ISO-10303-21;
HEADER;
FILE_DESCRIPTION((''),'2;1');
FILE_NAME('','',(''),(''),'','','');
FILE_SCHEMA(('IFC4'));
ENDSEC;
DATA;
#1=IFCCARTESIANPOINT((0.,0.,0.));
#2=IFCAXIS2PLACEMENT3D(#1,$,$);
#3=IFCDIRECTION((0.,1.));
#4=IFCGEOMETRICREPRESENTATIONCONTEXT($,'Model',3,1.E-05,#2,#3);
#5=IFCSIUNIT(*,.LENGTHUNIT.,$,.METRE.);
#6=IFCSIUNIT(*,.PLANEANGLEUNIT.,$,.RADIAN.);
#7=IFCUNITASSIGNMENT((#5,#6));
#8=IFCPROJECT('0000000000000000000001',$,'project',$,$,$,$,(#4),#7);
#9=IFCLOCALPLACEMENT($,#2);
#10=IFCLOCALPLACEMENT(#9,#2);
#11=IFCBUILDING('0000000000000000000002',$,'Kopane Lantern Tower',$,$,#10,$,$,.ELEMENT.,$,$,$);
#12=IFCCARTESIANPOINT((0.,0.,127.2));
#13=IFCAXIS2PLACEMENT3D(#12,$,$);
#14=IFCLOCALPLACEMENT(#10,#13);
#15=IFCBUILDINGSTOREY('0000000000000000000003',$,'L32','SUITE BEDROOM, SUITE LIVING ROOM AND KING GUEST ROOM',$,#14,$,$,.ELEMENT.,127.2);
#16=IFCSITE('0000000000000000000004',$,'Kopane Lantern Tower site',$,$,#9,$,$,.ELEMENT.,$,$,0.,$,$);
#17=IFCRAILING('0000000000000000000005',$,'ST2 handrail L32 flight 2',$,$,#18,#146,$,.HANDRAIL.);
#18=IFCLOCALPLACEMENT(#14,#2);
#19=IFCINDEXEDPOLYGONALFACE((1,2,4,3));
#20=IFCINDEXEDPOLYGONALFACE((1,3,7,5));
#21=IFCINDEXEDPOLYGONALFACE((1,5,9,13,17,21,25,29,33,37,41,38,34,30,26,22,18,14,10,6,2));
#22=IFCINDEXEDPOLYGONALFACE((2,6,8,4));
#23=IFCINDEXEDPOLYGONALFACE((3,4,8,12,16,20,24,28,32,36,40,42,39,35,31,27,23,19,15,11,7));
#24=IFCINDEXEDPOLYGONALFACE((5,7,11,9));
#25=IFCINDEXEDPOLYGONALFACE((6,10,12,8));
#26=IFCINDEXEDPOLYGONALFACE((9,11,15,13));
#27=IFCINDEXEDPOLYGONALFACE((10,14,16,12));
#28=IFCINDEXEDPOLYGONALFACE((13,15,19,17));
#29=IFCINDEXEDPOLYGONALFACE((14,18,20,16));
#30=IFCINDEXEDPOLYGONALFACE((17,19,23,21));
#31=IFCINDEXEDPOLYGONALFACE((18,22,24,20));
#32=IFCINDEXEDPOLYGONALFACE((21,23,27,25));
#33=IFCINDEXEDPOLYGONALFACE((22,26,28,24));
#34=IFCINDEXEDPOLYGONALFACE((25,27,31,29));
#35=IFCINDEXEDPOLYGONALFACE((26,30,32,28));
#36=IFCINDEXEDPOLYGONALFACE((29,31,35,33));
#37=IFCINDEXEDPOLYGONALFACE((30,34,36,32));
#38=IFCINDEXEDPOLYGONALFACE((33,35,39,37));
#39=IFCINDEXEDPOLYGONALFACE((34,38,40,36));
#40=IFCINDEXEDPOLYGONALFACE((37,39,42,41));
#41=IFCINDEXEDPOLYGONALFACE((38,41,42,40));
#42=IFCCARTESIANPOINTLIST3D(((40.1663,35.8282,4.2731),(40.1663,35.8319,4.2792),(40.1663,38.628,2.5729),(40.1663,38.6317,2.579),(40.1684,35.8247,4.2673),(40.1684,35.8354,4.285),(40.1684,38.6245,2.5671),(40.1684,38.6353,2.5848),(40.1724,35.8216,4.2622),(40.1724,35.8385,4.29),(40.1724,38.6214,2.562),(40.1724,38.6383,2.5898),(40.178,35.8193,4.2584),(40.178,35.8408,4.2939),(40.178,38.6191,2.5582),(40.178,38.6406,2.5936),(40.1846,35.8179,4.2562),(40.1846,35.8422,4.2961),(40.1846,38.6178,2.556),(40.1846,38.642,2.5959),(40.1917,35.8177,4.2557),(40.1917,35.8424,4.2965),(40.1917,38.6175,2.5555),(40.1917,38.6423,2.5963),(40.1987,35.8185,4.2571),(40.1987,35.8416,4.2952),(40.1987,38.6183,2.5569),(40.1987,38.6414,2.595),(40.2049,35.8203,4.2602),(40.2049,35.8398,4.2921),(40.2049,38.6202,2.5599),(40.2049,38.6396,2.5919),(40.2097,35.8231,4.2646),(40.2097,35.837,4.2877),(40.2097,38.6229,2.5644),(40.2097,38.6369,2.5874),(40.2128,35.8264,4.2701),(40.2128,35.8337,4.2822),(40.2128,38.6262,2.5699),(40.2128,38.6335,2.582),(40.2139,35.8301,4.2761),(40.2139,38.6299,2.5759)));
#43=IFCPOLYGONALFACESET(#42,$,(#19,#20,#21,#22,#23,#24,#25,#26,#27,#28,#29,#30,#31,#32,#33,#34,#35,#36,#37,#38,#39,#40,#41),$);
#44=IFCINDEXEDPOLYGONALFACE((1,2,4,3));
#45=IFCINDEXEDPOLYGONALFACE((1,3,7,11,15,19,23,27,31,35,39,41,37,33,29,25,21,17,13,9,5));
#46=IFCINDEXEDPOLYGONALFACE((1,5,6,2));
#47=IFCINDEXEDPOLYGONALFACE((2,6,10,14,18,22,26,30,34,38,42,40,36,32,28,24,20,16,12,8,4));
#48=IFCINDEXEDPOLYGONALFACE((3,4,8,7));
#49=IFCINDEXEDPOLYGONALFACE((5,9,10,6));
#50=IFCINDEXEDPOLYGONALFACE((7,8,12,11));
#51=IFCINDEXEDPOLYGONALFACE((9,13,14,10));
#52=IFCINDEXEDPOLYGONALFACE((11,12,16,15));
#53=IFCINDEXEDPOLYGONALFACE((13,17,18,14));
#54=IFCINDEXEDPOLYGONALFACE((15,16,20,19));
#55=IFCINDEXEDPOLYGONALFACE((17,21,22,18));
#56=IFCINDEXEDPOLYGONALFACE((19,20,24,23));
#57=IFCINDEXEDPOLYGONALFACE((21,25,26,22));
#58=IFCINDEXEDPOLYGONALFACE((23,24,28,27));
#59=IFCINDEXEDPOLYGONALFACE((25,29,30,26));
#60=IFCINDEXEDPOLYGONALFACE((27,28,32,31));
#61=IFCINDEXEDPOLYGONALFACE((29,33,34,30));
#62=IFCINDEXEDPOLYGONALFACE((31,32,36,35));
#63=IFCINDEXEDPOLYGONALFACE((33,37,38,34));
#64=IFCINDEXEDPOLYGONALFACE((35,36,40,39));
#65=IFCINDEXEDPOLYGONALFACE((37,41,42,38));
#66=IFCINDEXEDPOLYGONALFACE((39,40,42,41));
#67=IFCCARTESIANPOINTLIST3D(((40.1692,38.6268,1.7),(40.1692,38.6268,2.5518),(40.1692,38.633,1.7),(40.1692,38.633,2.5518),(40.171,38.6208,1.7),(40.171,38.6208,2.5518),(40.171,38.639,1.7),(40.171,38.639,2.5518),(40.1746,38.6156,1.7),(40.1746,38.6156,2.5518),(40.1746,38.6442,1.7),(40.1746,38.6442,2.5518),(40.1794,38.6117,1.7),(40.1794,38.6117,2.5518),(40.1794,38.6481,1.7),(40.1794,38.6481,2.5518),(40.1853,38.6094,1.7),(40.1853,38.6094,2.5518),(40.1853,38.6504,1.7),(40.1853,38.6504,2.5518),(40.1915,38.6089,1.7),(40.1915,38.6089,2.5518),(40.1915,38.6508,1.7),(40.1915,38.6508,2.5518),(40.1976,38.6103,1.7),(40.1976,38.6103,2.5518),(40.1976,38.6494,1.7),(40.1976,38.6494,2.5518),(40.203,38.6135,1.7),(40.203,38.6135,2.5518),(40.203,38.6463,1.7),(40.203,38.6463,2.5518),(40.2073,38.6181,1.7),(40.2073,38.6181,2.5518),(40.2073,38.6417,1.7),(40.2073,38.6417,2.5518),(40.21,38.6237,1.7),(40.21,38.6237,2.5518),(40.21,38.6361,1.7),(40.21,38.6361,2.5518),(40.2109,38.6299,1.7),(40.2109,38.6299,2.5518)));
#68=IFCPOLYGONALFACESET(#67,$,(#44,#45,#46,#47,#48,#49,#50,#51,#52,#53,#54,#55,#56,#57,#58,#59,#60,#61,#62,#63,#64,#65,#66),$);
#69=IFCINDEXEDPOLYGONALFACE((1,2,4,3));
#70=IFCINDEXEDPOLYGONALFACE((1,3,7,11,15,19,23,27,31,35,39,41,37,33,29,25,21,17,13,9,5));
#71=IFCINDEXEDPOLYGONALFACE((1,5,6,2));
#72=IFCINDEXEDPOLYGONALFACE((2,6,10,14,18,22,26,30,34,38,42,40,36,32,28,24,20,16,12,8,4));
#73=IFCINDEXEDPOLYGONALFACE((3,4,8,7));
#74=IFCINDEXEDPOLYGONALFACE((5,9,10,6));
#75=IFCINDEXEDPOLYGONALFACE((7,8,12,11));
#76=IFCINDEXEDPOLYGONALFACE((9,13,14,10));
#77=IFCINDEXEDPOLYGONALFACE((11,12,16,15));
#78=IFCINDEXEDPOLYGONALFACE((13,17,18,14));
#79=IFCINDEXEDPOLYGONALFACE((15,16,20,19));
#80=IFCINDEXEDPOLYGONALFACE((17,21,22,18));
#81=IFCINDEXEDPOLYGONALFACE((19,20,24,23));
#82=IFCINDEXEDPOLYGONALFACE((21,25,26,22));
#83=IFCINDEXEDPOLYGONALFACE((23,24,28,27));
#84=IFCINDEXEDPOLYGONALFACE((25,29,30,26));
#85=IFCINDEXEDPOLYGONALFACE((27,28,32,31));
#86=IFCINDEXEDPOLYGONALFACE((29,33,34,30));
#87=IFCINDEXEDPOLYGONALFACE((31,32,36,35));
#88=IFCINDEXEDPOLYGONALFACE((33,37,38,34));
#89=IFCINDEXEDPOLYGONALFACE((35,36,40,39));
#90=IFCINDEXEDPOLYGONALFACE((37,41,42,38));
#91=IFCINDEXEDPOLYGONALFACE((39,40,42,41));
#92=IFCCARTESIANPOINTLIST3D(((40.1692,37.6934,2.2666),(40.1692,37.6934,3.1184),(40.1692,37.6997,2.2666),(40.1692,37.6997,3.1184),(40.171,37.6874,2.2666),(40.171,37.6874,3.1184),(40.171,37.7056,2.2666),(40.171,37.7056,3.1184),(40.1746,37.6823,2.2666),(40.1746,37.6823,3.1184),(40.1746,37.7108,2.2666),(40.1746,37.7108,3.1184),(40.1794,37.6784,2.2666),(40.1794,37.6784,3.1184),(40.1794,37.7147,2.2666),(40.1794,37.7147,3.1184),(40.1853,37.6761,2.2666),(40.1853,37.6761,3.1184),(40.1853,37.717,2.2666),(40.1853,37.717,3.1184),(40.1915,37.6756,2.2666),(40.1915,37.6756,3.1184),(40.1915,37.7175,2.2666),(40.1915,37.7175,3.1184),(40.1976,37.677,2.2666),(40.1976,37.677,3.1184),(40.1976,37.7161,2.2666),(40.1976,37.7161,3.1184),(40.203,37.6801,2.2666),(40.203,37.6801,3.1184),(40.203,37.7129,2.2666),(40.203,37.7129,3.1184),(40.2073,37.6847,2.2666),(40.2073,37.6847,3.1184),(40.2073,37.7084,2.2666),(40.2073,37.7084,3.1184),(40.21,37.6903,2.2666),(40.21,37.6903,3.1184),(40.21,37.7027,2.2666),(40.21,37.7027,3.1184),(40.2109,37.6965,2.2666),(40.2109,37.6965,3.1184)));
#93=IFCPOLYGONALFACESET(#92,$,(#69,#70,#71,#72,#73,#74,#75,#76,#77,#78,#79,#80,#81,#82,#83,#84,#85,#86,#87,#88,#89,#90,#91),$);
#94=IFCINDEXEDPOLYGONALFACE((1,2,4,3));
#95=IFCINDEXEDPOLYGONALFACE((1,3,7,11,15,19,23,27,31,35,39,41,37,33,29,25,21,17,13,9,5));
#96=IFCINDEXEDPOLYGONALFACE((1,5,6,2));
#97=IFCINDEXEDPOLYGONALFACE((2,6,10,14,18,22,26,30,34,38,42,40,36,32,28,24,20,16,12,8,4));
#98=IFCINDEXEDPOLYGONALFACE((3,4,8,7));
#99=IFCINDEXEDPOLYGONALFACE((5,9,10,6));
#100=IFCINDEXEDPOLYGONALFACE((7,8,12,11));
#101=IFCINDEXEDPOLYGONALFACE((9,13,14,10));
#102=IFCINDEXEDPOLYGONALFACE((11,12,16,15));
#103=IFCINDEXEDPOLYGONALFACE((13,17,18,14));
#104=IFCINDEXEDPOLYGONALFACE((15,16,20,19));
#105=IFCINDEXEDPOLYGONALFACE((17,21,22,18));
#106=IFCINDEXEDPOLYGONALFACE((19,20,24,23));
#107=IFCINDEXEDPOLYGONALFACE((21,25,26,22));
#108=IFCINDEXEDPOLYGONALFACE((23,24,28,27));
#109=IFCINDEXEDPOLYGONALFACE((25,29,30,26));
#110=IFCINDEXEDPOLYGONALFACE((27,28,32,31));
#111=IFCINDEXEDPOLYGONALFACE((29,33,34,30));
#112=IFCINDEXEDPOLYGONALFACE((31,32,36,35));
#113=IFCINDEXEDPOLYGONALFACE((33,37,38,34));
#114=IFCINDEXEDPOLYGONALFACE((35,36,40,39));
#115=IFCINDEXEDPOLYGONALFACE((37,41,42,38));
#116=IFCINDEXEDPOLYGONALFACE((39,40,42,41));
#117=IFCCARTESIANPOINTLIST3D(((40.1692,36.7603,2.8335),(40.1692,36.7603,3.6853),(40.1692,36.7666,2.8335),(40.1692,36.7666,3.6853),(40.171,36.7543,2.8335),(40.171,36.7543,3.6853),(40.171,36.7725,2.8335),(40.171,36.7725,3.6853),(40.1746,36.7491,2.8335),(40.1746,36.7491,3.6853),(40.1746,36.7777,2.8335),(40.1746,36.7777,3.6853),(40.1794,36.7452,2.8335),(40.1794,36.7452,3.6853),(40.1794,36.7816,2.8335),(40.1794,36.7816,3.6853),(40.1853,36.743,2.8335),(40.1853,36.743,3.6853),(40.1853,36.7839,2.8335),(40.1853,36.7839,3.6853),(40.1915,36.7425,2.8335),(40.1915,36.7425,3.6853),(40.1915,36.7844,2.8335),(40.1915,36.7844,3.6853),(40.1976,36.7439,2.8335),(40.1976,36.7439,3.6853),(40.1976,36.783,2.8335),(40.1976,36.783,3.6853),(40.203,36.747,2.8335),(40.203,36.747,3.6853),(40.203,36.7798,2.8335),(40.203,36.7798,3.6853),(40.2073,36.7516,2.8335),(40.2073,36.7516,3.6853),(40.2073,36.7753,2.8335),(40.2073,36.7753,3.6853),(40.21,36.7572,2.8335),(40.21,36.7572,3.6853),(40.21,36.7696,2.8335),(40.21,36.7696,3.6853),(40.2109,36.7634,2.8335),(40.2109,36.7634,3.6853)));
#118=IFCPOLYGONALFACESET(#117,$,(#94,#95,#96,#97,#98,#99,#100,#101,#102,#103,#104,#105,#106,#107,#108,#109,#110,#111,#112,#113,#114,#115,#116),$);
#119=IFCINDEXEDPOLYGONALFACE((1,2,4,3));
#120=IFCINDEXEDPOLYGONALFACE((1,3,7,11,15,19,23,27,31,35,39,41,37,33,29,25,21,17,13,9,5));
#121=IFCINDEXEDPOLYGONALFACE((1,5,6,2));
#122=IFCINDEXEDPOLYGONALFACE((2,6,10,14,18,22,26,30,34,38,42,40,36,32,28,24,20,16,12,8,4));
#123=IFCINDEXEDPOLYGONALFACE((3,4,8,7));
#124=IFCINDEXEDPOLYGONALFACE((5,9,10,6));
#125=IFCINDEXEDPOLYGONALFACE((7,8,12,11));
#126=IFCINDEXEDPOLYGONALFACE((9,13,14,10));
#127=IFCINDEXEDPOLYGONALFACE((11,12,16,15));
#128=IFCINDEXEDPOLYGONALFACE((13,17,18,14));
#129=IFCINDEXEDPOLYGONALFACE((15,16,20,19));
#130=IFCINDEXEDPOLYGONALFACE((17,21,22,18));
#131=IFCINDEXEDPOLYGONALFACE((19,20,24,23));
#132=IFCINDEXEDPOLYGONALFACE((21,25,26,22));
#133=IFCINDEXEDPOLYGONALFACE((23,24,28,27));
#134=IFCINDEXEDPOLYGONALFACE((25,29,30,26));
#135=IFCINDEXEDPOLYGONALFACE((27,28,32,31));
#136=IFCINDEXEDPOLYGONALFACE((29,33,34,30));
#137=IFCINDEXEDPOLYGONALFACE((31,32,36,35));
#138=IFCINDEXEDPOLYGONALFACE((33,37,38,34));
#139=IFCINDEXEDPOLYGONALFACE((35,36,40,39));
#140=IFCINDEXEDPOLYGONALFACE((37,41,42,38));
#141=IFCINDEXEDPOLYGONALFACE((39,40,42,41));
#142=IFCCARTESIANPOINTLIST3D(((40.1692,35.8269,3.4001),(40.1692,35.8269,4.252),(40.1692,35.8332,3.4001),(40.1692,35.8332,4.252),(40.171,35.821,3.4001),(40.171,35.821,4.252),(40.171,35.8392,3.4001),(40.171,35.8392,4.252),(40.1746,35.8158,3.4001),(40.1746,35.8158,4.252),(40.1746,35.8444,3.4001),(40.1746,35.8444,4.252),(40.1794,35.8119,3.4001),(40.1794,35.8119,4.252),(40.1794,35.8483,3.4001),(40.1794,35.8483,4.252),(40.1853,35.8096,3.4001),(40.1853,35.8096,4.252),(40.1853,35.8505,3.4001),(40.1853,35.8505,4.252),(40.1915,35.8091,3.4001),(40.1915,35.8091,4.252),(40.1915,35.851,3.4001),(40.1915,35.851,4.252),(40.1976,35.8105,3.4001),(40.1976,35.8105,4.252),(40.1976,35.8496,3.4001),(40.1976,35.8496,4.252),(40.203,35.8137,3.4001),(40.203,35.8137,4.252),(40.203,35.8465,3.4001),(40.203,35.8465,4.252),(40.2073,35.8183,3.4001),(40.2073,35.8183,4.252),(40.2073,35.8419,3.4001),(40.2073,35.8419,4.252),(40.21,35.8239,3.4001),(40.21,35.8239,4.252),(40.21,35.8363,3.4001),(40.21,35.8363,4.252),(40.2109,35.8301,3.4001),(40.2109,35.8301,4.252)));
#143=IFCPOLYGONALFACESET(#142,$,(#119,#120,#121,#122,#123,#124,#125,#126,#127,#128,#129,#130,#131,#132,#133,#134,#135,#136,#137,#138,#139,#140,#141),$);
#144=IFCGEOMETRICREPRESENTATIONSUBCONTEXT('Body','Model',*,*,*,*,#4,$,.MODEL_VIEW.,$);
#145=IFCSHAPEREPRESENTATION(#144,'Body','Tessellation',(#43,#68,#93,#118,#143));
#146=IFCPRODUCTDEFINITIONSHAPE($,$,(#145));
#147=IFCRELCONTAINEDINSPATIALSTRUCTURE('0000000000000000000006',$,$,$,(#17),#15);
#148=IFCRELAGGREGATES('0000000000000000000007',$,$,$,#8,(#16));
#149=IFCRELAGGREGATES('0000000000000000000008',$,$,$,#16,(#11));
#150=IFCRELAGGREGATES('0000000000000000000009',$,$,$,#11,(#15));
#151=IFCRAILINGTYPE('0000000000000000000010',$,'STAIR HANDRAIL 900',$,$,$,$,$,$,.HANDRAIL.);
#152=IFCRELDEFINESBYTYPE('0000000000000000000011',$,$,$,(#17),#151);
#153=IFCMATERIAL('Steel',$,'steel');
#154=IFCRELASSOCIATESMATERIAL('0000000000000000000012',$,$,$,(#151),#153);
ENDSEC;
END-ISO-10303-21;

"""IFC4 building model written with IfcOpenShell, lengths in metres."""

from ifc_helpers import new_model, si_unit, direction, frame, origin, origin_2d, place, context, subcontext, project, spatial, circle, extrude, material, type_object, element, save


model = new_model("IFC4")

# Units and contexts
model_context = context("Model", 3, precision=1e-05, world=origin(), true_north=direction((0.0, 1.0)))
body_context = subcontext(model_context, "Body", "Model", "MODEL_VIEW")
ifc_project = project(units=[si_unit("LENGTHUNIT", "METRE"), si_unit("PLANEANGLEUNIT", "RADIAN")], contexts=[model_context])

# Site, building, storey
site_placement = place(None, origin())
site = spatial("IfcSite", under=ifc_project, at=site_placement, Name="Kopane Lantern Tower site", CompositionType="ELEMENT", RefElevation=0.0)
building_placement = place(site_placement, origin())
building = spatial("IfcBuilding", under=site, at=building_placement, Name="Kopane Lantern Tower", CompositionType="ELEMENT")
storey_placement = place(building_placement, frame((0.0, 0.0, 127.2)))
storey = spatial("IfcBuildingStorey", under=building, at=storey_placement, Name="L32", Description="SUITE BEDROOM, SUITE LIVING ROOM AND KING GUEST ROOM", CompositionType="ELEMENT", Elevation=127.2)

# Railing
ifc_material_1 = material(Name="Steel", Category="steel")
railing_type_1 = type_object("IfcRailingType", Name="STAIR HANDRAIL 900", PredefinedType="HANDRAIL", material=ifc_material_1)
for number, where, name in (
    (1, (40.1899, 38.6299, 1.7), "ST2 handrail L32 flight 2"),
):
    element("IfcRailing", number, at=place(storey_placement, frame(where)), inside=storey, type_object=railing_type_1, Name=name, PredefinedType="HANDRAIL", context=body_context, shape_type="SweptSolid", body=[
        extrude(circle(Radius=0.0239, at=origin_2d()), frame((0.0, 0.0, 0.876), z_axis=(0.0, -0.854745, 0.519048), x_axis=(1.0, 0.0, 0.0)), (0.0, 0.0, 1.0), 3.2756),
        extrude(circle(Radius=0.021, at=origin_2d()), origin(), (0.0, 0.0, 1.0), 0.8518),
        extrude(circle(Radius=0.021, at=origin_2d()), frame((0.0, -0.9333, 0.5667)), (0.0, 0.0, 1.0), 0.8518),
        extrude(circle(Radius=0.021, at=origin_2d()), frame((0.0, -1.8665, 1.1335)), (0.0, 0.0, 1.0), 0.8518),
        extrude(circle(Radius=0.021, at=origin_2d()), frame((0.0, -2.7998, 1.7002)), (0.0, 0.0, 1.0), 0.8518),
    ])

save(model, "model.ifc")
